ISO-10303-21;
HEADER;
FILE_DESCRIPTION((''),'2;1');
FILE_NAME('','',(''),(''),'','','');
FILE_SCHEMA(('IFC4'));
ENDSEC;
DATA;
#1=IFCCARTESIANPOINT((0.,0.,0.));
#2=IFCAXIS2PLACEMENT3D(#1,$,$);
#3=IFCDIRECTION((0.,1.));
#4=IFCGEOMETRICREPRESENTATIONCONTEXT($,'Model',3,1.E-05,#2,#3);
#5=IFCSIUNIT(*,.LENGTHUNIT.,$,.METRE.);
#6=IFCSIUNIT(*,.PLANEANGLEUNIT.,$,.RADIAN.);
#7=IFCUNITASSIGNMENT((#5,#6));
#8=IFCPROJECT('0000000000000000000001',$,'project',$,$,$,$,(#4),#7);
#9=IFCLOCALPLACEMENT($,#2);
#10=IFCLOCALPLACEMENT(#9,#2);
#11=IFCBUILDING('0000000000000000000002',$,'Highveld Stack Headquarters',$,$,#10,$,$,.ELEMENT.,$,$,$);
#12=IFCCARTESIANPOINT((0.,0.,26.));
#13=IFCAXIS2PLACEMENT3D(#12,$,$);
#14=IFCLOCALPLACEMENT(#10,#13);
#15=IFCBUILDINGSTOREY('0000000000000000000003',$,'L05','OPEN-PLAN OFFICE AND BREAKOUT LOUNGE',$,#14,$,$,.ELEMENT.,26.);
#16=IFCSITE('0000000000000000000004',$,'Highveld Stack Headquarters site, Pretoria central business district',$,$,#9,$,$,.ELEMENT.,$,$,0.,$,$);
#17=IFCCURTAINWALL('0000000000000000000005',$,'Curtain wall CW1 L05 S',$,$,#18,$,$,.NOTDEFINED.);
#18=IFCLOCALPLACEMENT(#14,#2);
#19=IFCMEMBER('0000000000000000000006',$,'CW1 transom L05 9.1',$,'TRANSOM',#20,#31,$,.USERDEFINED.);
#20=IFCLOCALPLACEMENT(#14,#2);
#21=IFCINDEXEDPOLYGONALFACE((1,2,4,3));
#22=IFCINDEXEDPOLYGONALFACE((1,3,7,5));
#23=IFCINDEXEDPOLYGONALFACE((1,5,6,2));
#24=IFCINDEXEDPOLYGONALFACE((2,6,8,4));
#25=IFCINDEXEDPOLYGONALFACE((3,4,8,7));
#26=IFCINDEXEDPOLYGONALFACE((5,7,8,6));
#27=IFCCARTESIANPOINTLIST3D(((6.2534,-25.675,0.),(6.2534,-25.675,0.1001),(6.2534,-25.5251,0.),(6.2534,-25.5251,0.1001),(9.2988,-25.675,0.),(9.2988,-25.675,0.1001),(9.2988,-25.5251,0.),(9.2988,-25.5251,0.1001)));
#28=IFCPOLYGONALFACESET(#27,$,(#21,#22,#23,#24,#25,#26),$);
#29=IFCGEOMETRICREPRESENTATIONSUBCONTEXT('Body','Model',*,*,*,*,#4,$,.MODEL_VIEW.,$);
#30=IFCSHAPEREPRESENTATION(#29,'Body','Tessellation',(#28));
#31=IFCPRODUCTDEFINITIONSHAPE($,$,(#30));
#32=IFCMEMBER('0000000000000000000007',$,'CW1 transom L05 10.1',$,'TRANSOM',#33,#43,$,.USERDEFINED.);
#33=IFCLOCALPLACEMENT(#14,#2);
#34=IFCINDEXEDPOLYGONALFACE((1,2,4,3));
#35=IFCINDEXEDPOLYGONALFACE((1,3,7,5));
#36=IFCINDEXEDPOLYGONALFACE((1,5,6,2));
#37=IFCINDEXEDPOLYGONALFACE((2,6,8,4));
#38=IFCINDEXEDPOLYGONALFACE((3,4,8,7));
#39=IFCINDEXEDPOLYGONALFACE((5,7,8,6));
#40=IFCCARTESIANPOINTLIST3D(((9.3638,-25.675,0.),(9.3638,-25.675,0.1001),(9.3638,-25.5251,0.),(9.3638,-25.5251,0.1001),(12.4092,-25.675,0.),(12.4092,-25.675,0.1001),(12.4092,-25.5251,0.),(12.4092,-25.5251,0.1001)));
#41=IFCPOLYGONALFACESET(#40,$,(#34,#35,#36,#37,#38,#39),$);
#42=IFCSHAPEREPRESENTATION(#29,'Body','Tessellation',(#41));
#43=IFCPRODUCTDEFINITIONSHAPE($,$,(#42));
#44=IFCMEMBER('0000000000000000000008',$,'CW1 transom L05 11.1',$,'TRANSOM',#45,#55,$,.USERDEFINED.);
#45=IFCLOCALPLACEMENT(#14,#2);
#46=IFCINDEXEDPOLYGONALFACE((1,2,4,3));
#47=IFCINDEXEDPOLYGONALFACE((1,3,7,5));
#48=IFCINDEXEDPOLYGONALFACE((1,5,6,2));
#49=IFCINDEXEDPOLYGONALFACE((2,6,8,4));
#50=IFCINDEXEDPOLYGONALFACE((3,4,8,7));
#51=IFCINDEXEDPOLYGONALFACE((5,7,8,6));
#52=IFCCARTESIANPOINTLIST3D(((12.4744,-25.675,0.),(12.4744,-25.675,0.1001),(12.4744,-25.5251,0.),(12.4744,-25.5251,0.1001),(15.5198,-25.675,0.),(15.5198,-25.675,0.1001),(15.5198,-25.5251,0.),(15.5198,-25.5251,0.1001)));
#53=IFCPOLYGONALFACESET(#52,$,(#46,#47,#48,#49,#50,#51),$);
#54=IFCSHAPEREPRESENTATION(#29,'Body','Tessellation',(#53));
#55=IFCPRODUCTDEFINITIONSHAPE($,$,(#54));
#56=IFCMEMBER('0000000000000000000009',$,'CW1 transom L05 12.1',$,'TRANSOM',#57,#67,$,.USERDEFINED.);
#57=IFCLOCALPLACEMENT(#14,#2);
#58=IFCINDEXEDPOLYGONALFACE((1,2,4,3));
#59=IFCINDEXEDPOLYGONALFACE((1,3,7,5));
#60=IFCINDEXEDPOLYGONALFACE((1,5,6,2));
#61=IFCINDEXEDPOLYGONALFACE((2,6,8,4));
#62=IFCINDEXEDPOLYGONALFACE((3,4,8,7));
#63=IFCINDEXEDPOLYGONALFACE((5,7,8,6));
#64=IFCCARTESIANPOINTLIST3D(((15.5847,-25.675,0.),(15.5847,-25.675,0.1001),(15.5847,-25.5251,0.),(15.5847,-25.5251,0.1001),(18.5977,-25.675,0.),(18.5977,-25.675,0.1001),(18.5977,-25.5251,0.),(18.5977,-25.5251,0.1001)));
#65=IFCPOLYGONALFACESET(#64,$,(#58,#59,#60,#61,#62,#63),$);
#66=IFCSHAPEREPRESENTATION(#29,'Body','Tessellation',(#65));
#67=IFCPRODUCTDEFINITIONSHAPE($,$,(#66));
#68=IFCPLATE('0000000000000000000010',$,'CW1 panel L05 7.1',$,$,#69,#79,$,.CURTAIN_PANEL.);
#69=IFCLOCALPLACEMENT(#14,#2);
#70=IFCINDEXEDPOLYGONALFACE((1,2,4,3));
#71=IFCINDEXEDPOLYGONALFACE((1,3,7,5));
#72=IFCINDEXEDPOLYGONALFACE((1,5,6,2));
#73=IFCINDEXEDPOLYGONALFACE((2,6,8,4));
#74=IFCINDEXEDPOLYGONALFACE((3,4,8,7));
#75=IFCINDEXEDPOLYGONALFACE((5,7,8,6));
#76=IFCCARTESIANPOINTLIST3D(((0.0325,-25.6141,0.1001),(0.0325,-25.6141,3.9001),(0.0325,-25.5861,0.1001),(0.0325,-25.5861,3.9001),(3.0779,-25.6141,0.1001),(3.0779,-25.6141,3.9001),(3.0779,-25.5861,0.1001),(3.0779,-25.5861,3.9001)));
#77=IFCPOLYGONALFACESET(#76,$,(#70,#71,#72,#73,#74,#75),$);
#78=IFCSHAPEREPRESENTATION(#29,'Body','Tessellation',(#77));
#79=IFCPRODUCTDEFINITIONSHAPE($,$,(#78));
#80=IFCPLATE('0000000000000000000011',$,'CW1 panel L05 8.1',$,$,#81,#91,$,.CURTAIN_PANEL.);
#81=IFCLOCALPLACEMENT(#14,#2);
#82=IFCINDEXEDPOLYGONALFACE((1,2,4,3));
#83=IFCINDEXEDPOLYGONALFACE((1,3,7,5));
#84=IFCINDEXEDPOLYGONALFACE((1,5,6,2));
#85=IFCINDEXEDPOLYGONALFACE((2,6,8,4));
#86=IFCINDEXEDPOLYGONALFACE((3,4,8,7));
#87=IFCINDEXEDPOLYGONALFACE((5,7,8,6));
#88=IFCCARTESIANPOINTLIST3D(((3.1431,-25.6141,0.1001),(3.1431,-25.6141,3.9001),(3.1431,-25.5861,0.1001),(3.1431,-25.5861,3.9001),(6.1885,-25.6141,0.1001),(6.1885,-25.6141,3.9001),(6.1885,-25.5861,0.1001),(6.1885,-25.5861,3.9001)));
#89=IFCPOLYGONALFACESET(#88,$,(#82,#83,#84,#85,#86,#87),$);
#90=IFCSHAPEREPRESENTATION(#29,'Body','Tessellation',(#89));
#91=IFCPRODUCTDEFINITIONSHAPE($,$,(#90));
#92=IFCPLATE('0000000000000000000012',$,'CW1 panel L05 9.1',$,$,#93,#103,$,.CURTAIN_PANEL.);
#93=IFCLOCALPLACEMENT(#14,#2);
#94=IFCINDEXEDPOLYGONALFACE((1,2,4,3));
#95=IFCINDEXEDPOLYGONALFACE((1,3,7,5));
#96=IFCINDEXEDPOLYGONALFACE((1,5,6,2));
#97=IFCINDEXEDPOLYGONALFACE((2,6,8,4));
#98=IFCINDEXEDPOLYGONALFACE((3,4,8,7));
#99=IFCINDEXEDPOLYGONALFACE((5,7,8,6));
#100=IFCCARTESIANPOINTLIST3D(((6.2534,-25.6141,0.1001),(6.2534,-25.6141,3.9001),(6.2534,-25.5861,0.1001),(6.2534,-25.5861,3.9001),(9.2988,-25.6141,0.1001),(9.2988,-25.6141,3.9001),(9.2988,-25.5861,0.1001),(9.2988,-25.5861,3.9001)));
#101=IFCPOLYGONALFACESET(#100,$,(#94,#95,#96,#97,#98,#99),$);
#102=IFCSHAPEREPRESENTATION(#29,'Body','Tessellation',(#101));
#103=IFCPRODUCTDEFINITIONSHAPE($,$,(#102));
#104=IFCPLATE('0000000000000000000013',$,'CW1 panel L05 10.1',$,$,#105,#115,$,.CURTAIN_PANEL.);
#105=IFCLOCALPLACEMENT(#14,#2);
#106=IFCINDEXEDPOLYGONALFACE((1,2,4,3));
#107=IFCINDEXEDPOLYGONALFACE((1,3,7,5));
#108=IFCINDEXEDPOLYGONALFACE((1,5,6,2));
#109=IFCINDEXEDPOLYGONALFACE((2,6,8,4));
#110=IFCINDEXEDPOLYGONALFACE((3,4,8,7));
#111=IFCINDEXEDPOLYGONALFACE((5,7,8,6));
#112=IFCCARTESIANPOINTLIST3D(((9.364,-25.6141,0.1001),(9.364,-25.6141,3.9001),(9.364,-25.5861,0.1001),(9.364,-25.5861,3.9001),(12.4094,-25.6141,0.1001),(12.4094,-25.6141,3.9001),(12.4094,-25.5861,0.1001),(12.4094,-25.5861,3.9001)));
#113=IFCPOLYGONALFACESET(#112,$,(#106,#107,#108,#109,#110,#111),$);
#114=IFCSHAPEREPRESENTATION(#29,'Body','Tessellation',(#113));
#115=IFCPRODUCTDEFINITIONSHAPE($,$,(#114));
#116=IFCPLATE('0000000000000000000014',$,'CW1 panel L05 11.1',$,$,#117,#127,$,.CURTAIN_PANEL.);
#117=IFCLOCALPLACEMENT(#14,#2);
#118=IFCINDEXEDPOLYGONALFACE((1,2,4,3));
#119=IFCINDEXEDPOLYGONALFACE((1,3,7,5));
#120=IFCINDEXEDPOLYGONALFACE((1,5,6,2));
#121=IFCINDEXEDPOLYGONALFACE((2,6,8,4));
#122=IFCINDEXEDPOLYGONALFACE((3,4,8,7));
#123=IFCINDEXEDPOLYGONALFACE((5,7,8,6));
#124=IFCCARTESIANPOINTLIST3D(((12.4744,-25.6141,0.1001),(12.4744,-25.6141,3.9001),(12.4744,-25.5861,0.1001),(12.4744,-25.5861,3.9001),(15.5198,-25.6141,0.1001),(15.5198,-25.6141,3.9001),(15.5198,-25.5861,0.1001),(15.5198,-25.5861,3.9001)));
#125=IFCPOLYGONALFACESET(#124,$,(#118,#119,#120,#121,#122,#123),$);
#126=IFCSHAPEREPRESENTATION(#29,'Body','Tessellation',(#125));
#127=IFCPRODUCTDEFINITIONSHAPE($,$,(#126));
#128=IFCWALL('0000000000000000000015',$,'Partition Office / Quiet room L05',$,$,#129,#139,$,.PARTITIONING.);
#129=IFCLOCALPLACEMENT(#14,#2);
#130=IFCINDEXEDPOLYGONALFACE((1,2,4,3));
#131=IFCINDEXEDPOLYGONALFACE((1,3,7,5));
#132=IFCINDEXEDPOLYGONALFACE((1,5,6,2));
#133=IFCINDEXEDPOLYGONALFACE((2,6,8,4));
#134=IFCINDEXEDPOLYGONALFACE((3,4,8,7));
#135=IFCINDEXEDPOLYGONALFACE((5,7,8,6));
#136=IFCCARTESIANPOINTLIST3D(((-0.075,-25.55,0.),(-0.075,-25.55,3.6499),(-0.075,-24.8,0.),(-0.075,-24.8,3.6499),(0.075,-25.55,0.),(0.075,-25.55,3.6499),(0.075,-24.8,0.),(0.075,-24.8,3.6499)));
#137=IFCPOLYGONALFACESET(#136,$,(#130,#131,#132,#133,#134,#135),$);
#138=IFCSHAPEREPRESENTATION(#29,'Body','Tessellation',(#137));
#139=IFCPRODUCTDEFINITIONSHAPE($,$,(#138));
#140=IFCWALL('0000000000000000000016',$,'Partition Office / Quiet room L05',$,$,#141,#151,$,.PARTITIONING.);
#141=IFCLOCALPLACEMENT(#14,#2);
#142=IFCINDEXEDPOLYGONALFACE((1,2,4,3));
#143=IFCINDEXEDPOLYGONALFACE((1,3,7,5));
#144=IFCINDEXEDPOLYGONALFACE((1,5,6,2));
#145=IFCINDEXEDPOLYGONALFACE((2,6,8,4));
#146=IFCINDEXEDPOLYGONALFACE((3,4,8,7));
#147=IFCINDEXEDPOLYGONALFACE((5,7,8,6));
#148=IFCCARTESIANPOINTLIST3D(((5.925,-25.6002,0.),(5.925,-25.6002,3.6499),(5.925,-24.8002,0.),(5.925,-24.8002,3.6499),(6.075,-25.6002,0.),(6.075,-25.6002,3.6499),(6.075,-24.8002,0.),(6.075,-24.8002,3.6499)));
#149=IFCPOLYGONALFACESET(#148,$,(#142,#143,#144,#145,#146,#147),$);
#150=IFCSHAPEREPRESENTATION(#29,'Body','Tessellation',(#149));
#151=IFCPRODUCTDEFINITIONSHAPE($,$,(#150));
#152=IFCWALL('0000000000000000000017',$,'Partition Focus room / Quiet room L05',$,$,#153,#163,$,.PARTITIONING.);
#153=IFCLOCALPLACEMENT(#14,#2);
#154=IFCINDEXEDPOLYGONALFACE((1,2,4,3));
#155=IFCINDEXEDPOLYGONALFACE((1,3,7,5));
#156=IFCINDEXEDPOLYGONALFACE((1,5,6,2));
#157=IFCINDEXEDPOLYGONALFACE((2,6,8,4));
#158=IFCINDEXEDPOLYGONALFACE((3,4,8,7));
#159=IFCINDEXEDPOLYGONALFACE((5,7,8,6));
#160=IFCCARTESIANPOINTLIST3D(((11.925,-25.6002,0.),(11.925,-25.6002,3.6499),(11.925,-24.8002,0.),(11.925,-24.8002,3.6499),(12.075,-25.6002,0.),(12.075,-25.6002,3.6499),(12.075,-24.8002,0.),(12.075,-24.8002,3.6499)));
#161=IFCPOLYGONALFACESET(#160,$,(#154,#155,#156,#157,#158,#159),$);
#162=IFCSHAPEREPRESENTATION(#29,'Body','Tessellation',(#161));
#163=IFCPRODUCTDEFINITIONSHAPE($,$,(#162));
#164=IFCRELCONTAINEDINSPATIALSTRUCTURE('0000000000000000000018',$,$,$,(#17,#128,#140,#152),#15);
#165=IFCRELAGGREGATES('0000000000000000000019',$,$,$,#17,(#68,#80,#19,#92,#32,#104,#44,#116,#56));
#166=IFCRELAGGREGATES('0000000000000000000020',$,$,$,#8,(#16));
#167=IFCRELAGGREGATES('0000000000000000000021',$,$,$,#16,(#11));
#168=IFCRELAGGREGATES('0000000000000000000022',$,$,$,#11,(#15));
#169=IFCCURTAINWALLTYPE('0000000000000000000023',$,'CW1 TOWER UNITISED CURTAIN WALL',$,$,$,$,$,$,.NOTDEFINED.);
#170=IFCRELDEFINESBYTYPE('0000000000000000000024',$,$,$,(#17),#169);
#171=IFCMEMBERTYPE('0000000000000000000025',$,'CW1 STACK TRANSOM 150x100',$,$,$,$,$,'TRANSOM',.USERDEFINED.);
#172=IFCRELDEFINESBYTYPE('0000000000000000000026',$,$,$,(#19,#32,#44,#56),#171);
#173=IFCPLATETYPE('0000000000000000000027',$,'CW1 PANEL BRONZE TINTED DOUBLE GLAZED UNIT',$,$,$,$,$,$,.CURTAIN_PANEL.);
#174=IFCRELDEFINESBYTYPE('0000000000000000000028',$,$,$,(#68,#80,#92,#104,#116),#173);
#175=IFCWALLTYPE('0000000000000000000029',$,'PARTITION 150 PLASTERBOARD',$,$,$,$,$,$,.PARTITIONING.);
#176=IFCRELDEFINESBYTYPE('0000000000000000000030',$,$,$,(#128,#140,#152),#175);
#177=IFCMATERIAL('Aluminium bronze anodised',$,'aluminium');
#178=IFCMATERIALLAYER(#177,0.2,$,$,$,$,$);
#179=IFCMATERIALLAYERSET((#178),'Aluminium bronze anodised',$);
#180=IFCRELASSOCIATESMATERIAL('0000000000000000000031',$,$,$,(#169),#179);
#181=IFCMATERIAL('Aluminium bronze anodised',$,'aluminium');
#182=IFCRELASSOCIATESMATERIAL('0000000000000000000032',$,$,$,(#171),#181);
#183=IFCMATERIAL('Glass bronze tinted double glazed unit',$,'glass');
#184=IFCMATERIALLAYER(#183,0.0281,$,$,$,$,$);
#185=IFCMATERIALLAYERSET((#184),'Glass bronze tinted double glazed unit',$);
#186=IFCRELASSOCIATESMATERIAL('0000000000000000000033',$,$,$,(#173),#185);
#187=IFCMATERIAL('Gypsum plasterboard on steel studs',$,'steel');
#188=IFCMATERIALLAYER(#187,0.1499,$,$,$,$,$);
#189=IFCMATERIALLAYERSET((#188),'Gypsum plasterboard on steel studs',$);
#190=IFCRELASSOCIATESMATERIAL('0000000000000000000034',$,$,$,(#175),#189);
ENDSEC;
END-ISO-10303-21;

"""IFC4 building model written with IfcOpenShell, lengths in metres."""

from ifc_helpers import new_model, si_unit, direction, frame, frame_2d, origin, origin_2d, place, context, subcontext, project, spatial, rectangle, extrude, material, layer, layer_set, material_profile, profile_set, type_object, element, aggregate, save


model = new_model("IFC4")

# Units and contexts
model_context = context("Model", 3, precision=1e-05, world=origin(), true_north=direction((0.0, 1.0)))
body_context = subcontext(model_context, "Body", "Model", "MODEL_VIEW")
ifc_project = project(units=[si_unit("LENGTHUNIT", "METRE"), si_unit("PLANEANGLEUNIT", "RADIAN")], contexts=[model_context])

# Site, building, storey
site_placement = place(None, origin())
site = spatial("IfcSite", under=ifc_project, at=site_placement, Name="Highveld Stack Headquarters site, Pretoria central business district", CompositionType="ELEMENT", RefElevation=0.0)
building_placement = place(site_placement, origin())
building = spatial("IfcBuilding", under=site, at=building_placement, Name="Highveld Stack Headquarters", CompositionType="ELEMENT")
storey_placement = place(building_placement, frame((0.0, 0.0, 26.0)))
storey = spatial("IfcBuildingStorey", under=building, at=storey_placement, Name="L05", Description="OPEN-PLAN OFFICE AND BREAKOUT LOUNGE", CompositionType="ELEMENT", Elevation=26.0)

# Curtain wall, members, plates
ifc_material_1 = material(Name="Aluminium bronze anodised", Category="aluminium")
ifc_layer_1 = layer(ifc_material_1, 0.2)
ifc_layer_set_1 = layer_set([ifc_layer_1], Name="Aluminium bronze anodised")
curtain_wall_type = type_object("IfcCurtainWallType", Name="CW1 TOWER UNITISED CURTAIN WALL", PredefinedType="NOTDEFINED", material=ifc_layer_set_1)
curtain_wall_placement = place(storey_placement, origin())
curtain_wall = element("IfcCurtainWall", 1, at=curtain_wall_placement, inside=storey, type_object=curtain_wall_type, Name="Curtain wall CW1 L05 S", PredefinedType="NOTDEFINED")
ifc_material_2 = material(Name="Aluminium bronze anodised", Category="aluminium")
ifc_material_profile_1 = material_profile(ifc_material_2, rectangle(XDim=0.1499, YDim=0.1001, at=origin_2d()), Name="CW1 TRANSOM 150x100")
ifc_profile_set_1 = profile_set([ifc_material_profile_1], Name="Aluminium bronze anodised")
member_type_1 = type_object("IfcMemberType", Name="CW1 STACK TRANSOM 150x100", ElementType="TRANSOM", PredefinedType="USERDEFINED", material=ifc_profile_set_1)
member_1_placement = place(storey_placement, frame((6.2534, -25.6001, 0.05), z_axis=(1.0, 0.0, 0.0), x_axis=(0.0, 1.0, 0.0)))
member_1 = element("IfcMember", 2, at=member_1_placement, type_object=member_type_1, Name="CW1 transom L05 9.1", ObjectType="TRANSOM", PredefinedType="USERDEFINED", context=body_context, shape_type="SweptSolid", body=[
    extrude(rectangle(XDim=0.1499, YDim=0.1001, at=origin_2d()), origin(), (0.0, 0.0, 1.0), 3.0454),
])
member_2_placement = place(storey_placement, frame((9.3638, -25.6001, 0.05), z_axis=(1.0, 0.0, 0.0), x_axis=(0.0, 1.0, 0.0)))
member_2 = element("IfcMember", 3, at=member_2_placement, type_object=member_type_1, Name="CW1 transom L05 10.1", ObjectType="TRANSOM", PredefinedType="USERDEFINED", context=body_context, shape_type="SweptSolid", body=[
    extrude(rectangle(XDim=0.1499, YDim=0.1001, at=origin_2d()), origin(), (0.0, 0.0, 1.0), 3.0454),
])
member_3_placement = place(storey_placement, frame((12.4744, -25.6001, 0.05), z_axis=(1.0, 0.0, 0.0), x_axis=(0.0, 1.0, 0.0)))
member_3 = element("IfcMember", 4, at=member_3_placement, type_object=member_type_1, Name="CW1 transom L05 11.1", ObjectType="TRANSOM", PredefinedType="USERDEFINED", context=body_context, shape_type="SweptSolid", body=[
    extrude(rectangle(XDim=0.1499, YDim=0.1001, at=origin_2d()), origin(), (0.0, 0.0, 1.0), 3.0454),
])
member_4_placement = place(storey_placement, frame((15.5847, -25.6001, 0.05), z_axis=(1.0, 0.0, 0.0), x_axis=(0.0, 1.0, 0.0)))
member_4 = element("IfcMember", 5, at=member_4_placement, type_object=member_type_1, Name="CW1 transom L05 12.1", ObjectType="TRANSOM", PredefinedType="USERDEFINED", context=body_context, shape_type="SweptSolid", body=[
    extrude(rectangle(XDim=0.1499, YDim=0.1001, at=origin_2d()), origin(), (0.0, 0.0, 1.0), 3.0129),
])
ifc_material_3 = material(Name="Glass bronze tinted double glazed unit", Category="glass")
ifc_layer_2 = layer(ifc_material_3, 0.0281)
ifc_layer_set_2 = layer_set([ifc_layer_2], Name="Glass bronze tinted double glazed unit")
plate_type = type_object("IfcPlateType", Name="CW1 PANEL BRONZE TINTED DOUBLE GLAZED UNIT", PredefinedType="CURTAIN_PANEL", material=ifc_layer_set_2)
plate_1_placement = place(storey_placement, frame((1.5552, -25.6001, 0.1001), z_axis=(0.0, 0.0, 1.0), x_axis=(1.0, 0.0, 0.0)))
plate_1 = element("IfcPlate", 6, at=plate_1_placement, type_object=plate_type, Name="CW1 panel L05 7.1", PredefinedType="CURTAIN_PANEL", context=body_context, shape_type="SweptSolid", body=[
    extrude(rectangle(XDim=3.0454, YDim=0.0281, at=origin_2d()), origin(), (0.0, 0.0, 1.0), 3.8),
])
plate_2_placement = place(storey_placement, frame((4.6658, -25.6001, 0.1001), z_axis=(0.0, 0.0, 1.0), x_axis=(1.0, 0.0, 0.0)))
plate_2 = element("IfcPlate", 7, at=plate_2_placement, type_object=plate_type, Name="CW1 panel L05 8.1", PredefinedType="CURTAIN_PANEL", context=body_context, shape_type="SweptSolid", body=[
    extrude(rectangle(XDim=3.0454, YDim=0.0281, at=origin_2d()), origin(), (0.0, 0.0, 1.0), 3.8),
])
plate_3_placement = place(storey_placement, frame((7.7761, -25.6001, 0.1001), z_axis=(0.0, 0.0, 1.0), x_axis=(1.0, 0.0, 0.0)))
plate_3 = element("IfcPlate", 8, at=plate_3_placement, type_object=plate_type, Name="CW1 panel L05 9.1", PredefinedType="CURTAIN_PANEL", context=body_context, shape_type="SweptSolid", body=[
    extrude(rectangle(XDim=3.0454, YDim=0.0281, at=origin_2d()), origin(), (0.0, 0.0, 1.0), 3.8),
])
plate_4_placement = place(storey_placement, frame((10.8867, -25.6001, 0.1001), z_axis=(0.0, 0.0, 1.0), x_axis=(1.0, 0.0, 0.0)))
plate_4 = element("IfcPlate", 9, at=plate_4_placement, type_object=plate_type, Name="CW1 panel L05 10.1", PredefinedType="CURTAIN_PANEL", context=body_context, shape_type="SweptSolid", body=[
    extrude(rectangle(XDim=3.0454, YDim=0.0281, at=origin_2d()), origin(), (0.0, 0.0, 1.0), 3.8),
])
plate_5_placement = place(storey_placement, frame((13.9971, -25.6001, 0.1001), z_axis=(0.0, 0.0, 1.0), x_axis=(1.0, 0.0, 0.0)))
plate_5 = element("IfcPlate", 10, at=plate_5_placement, type_object=plate_type, Name="CW1 panel L05 11.1", PredefinedType="CURTAIN_PANEL", context=body_context, shape_type="SweptSolid", body=[
    extrude(rectangle(XDim=3.0454, YDim=0.0281, at=origin_2d()), origin(), (0.0, 0.0, 1.0), 3.8),
])
aggregate(curtain_wall, [plate_1, plate_2, member_1, plate_3, member_2, plate_4, member_3, plate_5, member_4])

# Walls
ifc_material_4 = material(Name="Gypsum plasterboard on steel studs", Category="steel")
ifc_layer_3 = layer(ifc_material_4, 0.1499)
ifc_layer_set_3 = layer_set([ifc_layer_3], Name="Gypsum plasterboard on steel studs")
wall_type = type_object("IfcWallType", Name="PARTITION 150 PLASTERBOARD", PredefinedType="PARTITIONING", material=ifc_layer_set_3)
wall_placement = place(storey_placement, frame((0.0, -25.55, 0.0), z_axis=(0.0, 0.0, 1.0), x_axis=(0.0, 1.0, 0.0)))
element("IfcWall", 11, at=wall_placement, inside=storey, type_object=wall_type, Name="Partition Office / Quiet room L05", PredefinedType="PARTITIONING", context=body_context, shape_type="SweptSolid", body=[
    extrude(rectangle(XDim=0.75, YDim=0.1499, at=frame_2d((0.375, 0.0))), origin(), (0.0, 0.0, 1.0), 3.6499),
])
for number, where, z_axis, x_axis, name in (
    (12, (6.0, -25.6001, 0.0), (0.0, 0.0, 1.0), (0.0, 1.0, 0.0), "Partition Office / Quiet room L05"),
    (13, (12.0, -25.6001, 0.0), (0.0, 0.0, 1.0), (0.0, 1.0, 0.0), "Partition Focus room / Quiet room L05"),
):
    element("IfcWall", number, at=place(storey_placement, frame(where, z_axis=z_axis, x_axis=x_axis)), inside=storey, type_object=wall_type, Name=name, PredefinedType="PARTITIONING", context=body_context, shape_type="SweptSolid", body=[
        extrude(rectangle(XDim=0.8, YDim=0.1499, at=frame_2d((0.3999, 0.0))), origin(), (0.0, 0.0, 1.0), 3.6499),
    ])

save(model, "model.ifc")
